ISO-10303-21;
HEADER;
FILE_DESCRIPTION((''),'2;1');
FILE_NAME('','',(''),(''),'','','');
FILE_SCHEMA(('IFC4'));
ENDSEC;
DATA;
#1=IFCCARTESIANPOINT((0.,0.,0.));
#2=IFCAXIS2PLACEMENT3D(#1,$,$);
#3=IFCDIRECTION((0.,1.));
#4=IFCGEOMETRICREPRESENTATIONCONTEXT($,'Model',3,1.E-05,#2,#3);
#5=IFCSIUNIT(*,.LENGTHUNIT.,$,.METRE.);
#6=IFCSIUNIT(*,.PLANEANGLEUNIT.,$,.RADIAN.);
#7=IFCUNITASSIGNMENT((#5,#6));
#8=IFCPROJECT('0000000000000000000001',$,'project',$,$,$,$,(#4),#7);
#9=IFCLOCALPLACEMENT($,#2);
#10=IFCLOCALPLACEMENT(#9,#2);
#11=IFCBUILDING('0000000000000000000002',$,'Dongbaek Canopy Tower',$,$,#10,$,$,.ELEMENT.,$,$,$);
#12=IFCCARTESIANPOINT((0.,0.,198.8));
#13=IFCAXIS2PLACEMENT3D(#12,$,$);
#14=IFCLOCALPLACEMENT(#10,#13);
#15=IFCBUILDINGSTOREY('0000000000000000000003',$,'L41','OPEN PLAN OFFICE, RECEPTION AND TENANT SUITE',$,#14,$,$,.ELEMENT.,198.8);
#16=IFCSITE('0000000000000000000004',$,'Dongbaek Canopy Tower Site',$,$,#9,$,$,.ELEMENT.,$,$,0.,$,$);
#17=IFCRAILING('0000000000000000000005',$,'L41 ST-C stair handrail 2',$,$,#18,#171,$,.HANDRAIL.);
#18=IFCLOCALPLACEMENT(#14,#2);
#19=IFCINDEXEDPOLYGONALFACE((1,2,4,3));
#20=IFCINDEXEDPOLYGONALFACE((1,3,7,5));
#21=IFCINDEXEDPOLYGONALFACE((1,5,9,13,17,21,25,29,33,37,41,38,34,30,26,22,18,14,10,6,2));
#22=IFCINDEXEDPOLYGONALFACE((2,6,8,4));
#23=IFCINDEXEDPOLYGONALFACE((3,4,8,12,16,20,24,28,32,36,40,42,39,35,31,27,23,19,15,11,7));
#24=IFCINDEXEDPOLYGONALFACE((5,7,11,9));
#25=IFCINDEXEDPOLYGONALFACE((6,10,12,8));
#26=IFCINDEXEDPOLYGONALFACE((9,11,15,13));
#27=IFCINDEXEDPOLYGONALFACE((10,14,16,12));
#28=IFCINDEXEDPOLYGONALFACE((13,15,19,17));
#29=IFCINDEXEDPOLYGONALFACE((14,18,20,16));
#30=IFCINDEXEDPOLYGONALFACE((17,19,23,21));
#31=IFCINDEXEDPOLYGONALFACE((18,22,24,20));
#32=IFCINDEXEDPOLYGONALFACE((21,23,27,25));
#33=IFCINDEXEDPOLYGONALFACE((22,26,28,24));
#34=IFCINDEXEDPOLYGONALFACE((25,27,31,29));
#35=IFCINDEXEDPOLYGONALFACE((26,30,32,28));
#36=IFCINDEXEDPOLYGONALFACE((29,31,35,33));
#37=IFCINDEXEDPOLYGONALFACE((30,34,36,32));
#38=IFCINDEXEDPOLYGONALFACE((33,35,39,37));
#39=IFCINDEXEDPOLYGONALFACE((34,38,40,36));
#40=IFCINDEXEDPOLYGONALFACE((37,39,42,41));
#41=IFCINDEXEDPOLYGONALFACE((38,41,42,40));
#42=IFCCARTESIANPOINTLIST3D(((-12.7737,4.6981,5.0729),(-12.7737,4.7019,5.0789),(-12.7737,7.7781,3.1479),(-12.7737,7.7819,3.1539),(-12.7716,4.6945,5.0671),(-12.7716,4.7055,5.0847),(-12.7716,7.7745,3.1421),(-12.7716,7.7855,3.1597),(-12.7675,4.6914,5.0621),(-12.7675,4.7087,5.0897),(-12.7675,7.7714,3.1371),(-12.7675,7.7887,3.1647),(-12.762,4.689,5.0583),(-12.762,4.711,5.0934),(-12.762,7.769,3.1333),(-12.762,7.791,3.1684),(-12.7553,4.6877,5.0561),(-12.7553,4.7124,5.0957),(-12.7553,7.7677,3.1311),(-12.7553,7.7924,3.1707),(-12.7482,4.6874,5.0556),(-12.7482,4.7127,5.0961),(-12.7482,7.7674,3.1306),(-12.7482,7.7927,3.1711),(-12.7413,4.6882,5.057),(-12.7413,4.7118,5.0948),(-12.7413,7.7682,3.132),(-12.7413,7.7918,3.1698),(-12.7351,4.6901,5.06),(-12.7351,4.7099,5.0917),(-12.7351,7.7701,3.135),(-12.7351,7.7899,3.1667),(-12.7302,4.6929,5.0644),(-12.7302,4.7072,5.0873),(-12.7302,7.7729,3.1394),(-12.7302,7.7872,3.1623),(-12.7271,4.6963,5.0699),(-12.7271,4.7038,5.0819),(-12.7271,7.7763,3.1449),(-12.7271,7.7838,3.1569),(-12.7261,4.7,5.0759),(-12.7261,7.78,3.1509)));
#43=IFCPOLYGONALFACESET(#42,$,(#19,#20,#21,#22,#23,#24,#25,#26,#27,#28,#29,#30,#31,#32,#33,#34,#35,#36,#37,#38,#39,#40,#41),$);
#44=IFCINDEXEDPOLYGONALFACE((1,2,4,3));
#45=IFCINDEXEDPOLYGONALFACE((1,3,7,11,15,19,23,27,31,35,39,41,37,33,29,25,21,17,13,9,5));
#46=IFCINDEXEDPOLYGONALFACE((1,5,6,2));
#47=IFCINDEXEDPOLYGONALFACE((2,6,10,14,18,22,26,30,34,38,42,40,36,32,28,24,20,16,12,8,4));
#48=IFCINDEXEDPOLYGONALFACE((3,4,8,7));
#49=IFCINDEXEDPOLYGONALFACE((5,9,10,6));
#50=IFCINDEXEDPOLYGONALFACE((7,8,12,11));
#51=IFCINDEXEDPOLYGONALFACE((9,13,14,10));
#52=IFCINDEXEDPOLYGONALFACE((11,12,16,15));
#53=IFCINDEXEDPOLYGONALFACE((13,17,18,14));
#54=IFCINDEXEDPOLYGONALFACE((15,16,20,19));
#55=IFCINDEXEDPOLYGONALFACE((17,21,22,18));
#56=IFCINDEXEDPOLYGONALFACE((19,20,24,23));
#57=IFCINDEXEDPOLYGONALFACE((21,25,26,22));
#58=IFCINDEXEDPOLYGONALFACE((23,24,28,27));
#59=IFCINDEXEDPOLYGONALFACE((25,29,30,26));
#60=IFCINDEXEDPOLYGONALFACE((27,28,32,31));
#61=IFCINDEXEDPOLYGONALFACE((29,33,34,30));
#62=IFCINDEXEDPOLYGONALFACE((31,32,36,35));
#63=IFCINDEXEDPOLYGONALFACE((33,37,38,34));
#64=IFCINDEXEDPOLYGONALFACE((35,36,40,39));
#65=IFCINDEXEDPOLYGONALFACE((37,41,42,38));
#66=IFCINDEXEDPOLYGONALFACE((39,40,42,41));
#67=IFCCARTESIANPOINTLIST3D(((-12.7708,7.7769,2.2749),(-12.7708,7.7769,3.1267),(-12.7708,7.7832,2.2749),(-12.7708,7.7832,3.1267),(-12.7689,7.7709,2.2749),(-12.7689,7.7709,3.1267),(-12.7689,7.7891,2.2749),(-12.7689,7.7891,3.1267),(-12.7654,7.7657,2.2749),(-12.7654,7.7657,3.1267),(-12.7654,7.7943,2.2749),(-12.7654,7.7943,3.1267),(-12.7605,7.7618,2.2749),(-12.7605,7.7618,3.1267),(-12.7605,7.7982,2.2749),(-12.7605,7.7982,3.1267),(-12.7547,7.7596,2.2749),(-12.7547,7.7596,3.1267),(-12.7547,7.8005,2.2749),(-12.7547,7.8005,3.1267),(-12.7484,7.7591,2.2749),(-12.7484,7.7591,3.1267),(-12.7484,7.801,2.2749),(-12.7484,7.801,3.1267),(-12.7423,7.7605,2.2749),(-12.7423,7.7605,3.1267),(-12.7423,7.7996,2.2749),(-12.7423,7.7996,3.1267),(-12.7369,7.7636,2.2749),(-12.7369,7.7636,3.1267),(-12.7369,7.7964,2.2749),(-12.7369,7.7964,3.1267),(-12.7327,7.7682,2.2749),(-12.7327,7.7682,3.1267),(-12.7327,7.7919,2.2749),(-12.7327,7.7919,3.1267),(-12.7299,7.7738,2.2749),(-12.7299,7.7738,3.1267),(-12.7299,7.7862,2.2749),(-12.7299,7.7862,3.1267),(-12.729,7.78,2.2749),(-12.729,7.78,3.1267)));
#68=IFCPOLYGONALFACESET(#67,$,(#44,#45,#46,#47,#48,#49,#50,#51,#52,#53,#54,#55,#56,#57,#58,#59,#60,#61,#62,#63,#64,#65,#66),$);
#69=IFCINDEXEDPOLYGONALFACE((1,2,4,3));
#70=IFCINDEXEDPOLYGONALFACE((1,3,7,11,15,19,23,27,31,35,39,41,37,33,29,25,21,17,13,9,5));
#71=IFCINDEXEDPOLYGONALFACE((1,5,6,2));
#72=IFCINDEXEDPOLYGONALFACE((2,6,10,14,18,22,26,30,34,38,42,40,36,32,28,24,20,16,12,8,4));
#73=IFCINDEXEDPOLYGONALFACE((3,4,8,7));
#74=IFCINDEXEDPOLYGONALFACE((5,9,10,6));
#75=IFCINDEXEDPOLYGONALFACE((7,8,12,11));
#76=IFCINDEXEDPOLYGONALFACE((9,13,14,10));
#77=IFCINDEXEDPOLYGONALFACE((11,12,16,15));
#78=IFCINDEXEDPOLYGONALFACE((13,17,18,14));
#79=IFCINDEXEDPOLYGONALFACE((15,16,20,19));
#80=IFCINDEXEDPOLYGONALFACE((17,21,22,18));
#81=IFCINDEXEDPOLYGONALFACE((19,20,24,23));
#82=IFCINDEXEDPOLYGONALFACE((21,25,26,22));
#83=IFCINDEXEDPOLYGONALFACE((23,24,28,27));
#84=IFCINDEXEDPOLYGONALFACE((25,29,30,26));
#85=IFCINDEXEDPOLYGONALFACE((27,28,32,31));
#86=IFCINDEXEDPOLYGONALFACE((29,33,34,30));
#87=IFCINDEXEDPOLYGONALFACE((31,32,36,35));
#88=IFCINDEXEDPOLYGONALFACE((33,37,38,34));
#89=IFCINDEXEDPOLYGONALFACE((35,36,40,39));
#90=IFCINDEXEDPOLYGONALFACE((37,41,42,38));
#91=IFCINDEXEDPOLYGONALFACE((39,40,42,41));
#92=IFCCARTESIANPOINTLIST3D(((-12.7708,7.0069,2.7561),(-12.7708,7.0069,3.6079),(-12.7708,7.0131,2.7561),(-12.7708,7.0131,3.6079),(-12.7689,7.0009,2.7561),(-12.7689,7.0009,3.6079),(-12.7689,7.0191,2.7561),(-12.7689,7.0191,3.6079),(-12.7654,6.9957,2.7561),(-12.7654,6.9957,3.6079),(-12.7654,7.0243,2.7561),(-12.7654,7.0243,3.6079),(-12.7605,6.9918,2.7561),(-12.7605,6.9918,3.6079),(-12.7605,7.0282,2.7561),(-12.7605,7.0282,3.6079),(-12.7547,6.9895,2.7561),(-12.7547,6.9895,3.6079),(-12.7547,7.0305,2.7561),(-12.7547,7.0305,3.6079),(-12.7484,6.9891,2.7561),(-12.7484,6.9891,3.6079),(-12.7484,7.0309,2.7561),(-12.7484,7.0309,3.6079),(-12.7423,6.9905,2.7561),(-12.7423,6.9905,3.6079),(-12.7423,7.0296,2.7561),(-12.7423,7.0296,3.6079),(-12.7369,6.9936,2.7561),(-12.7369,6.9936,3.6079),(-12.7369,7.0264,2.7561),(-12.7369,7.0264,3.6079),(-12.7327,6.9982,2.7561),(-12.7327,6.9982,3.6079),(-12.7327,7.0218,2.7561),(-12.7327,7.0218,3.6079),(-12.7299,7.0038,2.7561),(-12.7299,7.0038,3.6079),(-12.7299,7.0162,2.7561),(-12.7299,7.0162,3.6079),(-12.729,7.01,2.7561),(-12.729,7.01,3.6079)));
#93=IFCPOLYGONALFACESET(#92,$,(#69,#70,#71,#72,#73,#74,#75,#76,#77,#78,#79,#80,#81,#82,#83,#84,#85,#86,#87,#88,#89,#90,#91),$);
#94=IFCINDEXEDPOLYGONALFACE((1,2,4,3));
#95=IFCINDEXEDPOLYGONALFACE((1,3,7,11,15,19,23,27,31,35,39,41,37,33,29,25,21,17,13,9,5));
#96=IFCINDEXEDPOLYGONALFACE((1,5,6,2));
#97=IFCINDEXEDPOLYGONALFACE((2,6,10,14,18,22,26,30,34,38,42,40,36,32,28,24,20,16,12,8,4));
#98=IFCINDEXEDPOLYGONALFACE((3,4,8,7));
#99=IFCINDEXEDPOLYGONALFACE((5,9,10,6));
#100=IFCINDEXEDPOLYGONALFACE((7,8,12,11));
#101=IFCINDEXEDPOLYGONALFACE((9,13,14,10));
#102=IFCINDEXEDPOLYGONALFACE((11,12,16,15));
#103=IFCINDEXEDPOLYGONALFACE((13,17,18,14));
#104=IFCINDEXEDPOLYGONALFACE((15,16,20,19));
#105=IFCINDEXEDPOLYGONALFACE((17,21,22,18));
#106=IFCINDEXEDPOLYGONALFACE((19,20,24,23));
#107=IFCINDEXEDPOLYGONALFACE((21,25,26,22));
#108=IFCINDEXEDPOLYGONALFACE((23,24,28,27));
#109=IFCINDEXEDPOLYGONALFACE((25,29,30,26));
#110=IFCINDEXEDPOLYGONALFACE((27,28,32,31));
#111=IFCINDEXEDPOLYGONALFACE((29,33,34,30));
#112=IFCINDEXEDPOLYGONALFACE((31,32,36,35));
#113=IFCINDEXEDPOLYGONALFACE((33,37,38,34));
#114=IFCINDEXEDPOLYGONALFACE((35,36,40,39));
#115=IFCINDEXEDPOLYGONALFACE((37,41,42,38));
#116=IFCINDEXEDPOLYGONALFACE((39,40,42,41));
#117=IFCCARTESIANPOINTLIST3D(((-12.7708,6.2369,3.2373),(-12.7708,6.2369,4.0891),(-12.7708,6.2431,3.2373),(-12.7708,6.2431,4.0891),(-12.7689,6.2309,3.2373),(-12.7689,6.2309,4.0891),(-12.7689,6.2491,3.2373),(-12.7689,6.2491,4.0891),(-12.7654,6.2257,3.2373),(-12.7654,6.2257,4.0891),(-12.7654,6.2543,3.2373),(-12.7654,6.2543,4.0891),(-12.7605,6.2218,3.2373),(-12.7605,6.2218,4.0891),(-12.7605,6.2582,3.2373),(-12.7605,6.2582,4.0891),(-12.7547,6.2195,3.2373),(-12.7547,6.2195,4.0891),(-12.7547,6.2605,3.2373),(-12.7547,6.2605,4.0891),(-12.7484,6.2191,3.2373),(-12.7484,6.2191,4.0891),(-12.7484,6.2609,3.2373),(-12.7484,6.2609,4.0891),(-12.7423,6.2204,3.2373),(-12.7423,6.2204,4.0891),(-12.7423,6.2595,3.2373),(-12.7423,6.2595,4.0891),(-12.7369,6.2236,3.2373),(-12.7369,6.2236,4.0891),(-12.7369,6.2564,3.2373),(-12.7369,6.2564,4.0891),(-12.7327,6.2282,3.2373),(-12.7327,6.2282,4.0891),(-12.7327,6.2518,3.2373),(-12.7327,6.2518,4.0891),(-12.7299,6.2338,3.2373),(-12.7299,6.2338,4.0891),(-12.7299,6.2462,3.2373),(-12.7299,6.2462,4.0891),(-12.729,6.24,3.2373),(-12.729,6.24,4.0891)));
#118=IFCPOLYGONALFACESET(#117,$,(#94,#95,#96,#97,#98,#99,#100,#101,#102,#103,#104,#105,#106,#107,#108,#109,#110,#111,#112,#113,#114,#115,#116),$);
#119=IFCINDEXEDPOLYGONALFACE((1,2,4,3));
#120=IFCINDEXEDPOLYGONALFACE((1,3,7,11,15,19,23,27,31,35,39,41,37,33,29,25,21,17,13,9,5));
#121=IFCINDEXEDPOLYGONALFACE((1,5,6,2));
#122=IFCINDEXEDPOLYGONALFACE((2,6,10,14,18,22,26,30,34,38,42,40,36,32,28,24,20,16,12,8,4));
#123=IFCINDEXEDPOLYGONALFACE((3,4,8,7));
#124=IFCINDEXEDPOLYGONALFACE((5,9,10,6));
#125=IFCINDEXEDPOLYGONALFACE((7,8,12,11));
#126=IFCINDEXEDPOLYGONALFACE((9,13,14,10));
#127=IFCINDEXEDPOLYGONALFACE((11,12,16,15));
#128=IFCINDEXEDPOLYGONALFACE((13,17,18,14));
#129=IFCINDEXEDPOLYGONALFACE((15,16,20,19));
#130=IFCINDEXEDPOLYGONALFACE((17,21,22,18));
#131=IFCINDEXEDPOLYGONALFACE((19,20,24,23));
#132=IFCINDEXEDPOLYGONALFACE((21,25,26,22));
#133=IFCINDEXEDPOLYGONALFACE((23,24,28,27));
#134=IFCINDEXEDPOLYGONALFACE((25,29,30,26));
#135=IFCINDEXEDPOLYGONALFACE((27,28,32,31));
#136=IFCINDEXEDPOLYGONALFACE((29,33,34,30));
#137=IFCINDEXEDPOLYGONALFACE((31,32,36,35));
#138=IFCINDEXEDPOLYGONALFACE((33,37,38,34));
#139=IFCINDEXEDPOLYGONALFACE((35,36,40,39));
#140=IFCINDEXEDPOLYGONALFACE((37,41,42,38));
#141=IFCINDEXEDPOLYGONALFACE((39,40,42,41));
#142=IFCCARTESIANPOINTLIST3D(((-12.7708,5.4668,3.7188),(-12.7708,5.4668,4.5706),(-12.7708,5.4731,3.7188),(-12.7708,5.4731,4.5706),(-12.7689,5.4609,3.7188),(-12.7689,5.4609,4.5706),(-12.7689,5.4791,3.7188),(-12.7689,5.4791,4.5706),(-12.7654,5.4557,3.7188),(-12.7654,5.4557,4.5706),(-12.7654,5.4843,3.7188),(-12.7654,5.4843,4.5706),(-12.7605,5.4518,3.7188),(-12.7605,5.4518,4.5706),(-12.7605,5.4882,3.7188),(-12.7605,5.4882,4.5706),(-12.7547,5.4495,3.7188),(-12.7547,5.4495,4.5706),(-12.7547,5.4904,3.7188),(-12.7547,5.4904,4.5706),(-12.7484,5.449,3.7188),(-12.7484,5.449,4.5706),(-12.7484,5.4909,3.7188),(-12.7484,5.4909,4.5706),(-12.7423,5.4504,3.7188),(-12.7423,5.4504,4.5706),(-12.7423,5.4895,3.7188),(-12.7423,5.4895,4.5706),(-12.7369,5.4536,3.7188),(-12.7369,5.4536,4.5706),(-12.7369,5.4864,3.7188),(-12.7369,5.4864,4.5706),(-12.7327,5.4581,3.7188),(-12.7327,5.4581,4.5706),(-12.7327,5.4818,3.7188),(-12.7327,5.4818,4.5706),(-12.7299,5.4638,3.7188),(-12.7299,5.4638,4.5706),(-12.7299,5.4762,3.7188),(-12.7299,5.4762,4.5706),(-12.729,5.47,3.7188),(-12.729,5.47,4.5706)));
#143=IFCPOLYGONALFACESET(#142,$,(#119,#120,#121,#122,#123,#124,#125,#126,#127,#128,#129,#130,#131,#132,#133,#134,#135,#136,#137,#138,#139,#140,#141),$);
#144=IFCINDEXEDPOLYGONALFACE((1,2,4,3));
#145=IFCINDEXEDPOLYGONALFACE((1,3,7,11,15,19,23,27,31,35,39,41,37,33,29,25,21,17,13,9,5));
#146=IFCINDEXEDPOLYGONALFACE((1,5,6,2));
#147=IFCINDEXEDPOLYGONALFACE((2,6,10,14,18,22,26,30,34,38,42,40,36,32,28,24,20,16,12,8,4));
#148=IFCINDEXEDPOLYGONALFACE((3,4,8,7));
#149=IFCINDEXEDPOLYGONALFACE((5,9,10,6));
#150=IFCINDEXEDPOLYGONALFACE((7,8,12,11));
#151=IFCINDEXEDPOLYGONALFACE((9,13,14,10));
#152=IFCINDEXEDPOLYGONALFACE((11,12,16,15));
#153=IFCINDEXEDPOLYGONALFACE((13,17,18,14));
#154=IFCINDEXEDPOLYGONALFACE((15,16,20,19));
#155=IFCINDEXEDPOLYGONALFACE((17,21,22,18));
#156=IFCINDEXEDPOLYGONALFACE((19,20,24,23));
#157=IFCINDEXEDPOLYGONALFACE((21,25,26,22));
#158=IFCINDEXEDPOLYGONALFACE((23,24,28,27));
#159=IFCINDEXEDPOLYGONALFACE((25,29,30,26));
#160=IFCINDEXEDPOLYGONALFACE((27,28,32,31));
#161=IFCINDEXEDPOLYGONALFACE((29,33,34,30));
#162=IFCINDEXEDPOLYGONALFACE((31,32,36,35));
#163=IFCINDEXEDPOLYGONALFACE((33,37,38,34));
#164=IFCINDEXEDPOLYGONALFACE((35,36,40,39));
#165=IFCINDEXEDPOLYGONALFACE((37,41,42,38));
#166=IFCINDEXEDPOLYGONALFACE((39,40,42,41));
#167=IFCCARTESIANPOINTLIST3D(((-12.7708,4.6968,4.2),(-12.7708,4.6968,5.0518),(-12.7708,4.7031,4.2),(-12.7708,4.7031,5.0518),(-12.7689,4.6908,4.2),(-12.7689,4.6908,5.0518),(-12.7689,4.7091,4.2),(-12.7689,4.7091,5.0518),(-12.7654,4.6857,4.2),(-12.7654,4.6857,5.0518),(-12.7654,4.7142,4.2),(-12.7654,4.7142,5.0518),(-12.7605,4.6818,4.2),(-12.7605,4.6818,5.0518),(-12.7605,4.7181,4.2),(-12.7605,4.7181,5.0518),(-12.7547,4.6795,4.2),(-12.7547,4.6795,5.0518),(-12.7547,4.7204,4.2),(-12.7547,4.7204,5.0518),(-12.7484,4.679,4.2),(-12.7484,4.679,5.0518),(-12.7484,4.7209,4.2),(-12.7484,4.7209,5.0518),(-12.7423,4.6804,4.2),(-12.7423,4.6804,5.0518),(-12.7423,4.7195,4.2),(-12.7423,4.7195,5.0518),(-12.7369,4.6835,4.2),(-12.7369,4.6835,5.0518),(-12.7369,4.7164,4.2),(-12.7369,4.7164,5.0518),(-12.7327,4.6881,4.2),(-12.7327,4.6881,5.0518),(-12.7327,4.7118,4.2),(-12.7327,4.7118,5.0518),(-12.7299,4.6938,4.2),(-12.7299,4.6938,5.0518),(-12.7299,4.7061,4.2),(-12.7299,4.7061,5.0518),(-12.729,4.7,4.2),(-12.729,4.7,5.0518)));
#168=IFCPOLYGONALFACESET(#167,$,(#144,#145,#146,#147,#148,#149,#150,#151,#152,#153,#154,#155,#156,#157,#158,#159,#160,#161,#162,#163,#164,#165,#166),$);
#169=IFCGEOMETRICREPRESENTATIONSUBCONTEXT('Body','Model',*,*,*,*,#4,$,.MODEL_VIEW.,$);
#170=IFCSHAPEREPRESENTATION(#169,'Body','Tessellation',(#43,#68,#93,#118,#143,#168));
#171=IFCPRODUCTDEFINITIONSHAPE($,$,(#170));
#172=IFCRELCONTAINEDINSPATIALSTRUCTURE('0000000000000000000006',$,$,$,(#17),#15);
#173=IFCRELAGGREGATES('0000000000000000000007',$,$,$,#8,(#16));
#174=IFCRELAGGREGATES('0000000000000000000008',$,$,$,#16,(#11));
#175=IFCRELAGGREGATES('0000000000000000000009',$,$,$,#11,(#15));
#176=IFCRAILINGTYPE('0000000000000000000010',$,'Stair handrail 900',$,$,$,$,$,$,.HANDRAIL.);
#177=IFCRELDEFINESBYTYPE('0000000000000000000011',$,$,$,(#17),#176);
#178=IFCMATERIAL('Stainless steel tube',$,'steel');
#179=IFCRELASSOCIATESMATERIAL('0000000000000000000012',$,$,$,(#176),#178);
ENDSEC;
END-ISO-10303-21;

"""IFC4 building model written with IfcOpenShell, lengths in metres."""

from ifc_helpers import new_model, si_unit, direction, frame, origin, origin_2d, place, context, subcontext, project, spatial, circle, extrude, material, type_object, element, save


model = new_model("IFC4")

# Units and contexts
model_context = context("Model", 3, precision=1e-05, world=origin(), true_north=direction((0.0, 1.0)))
body_context = subcontext(model_context, "Body", "Model", "MODEL_VIEW")
ifc_project = project(units=[si_unit("LENGTHUNIT", "METRE"), si_unit("PLANEANGLEUNIT", "RADIAN")], contexts=[model_context])

# Site, building, storey
site_placement = place(None, origin())
site = spatial("IfcSite", under=ifc_project, at=site_placement, Name="Dongbaek Canopy Tower Site", CompositionType="ELEMENT", RefElevation=0.0)
building_placement = place(site_placement, origin())
building = spatial("IfcBuilding", under=site, at=building_placement, Name="Dongbaek Canopy Tower", CompositionType="ELEMENT")
storey_placement = place(building_placement, frame((0.0, 0.0, 198.8)))
storey = spatial("IfcBuildingStorey", under=building, at=storey_placement, Name="L41", Description="OPEN PLAN OFFICE, RECEPTION AND TENANT SUITE", CompositionType="ELEMENT", Elevation=198.8)

# Railing
ifc_material_1 = material(Name="Stainless steel tube", Category="steel")
railing_type_1 = type_object("IfcRailingType", Name="Stair handrail 900", PredefinedType="HANDRAIL", material=ifc_material_1)
railing_1_placement = place(storey_placement, frame((-12.75, 7.78, 2.2749)))
element("IfcRailing", 1, at=railing_1_placement, inside=storey, type_object=railing_type_1, Name="L41 ST-C stair handrail 2", PredefinedType="HANDRAIL", context=body_context, shape_type="SweptSolid", body=[
    extrude(circle(Radius=0.0239, at=origin_2d()), frame((0.0, 0.0, 0.876), z_axis=(0.0, -0.847998, 0.529999), x_axis=(1.0, 0.0, 0.0)), (0.0, 0.0, 1.0), 3.6321),
    extrude(circle(Radius=0.021, at=origin_2d()), origin(), (0.0, 0.0, 1.0), 0.8518),
    extrude(circle(Radius=0.021, at=origin_2d()), frame((0.0, -0.77, 0.4812)), (0.0, 0.0, 1.0), 0.8518),
    extrude(circle(Radius=0.021, at=origin_2d()), frame((0.0, -1.54, 0.9624)), (0.0, 0.0, 1.0), 0.8518),
    extrude(circle(Radius=0.021, at=origin_2d()), frame((0.0, -2.3101, 1.4438)), (0.0, 0.0, 1.0), 0.8518),
    extrude(circle(Radius=0.021, at=origin_2d()), frame((0.0, -3.0801, 1.925)), (0.0, 0.0, 1.0), 0.8518),
])

save(model, "model.ifc")
